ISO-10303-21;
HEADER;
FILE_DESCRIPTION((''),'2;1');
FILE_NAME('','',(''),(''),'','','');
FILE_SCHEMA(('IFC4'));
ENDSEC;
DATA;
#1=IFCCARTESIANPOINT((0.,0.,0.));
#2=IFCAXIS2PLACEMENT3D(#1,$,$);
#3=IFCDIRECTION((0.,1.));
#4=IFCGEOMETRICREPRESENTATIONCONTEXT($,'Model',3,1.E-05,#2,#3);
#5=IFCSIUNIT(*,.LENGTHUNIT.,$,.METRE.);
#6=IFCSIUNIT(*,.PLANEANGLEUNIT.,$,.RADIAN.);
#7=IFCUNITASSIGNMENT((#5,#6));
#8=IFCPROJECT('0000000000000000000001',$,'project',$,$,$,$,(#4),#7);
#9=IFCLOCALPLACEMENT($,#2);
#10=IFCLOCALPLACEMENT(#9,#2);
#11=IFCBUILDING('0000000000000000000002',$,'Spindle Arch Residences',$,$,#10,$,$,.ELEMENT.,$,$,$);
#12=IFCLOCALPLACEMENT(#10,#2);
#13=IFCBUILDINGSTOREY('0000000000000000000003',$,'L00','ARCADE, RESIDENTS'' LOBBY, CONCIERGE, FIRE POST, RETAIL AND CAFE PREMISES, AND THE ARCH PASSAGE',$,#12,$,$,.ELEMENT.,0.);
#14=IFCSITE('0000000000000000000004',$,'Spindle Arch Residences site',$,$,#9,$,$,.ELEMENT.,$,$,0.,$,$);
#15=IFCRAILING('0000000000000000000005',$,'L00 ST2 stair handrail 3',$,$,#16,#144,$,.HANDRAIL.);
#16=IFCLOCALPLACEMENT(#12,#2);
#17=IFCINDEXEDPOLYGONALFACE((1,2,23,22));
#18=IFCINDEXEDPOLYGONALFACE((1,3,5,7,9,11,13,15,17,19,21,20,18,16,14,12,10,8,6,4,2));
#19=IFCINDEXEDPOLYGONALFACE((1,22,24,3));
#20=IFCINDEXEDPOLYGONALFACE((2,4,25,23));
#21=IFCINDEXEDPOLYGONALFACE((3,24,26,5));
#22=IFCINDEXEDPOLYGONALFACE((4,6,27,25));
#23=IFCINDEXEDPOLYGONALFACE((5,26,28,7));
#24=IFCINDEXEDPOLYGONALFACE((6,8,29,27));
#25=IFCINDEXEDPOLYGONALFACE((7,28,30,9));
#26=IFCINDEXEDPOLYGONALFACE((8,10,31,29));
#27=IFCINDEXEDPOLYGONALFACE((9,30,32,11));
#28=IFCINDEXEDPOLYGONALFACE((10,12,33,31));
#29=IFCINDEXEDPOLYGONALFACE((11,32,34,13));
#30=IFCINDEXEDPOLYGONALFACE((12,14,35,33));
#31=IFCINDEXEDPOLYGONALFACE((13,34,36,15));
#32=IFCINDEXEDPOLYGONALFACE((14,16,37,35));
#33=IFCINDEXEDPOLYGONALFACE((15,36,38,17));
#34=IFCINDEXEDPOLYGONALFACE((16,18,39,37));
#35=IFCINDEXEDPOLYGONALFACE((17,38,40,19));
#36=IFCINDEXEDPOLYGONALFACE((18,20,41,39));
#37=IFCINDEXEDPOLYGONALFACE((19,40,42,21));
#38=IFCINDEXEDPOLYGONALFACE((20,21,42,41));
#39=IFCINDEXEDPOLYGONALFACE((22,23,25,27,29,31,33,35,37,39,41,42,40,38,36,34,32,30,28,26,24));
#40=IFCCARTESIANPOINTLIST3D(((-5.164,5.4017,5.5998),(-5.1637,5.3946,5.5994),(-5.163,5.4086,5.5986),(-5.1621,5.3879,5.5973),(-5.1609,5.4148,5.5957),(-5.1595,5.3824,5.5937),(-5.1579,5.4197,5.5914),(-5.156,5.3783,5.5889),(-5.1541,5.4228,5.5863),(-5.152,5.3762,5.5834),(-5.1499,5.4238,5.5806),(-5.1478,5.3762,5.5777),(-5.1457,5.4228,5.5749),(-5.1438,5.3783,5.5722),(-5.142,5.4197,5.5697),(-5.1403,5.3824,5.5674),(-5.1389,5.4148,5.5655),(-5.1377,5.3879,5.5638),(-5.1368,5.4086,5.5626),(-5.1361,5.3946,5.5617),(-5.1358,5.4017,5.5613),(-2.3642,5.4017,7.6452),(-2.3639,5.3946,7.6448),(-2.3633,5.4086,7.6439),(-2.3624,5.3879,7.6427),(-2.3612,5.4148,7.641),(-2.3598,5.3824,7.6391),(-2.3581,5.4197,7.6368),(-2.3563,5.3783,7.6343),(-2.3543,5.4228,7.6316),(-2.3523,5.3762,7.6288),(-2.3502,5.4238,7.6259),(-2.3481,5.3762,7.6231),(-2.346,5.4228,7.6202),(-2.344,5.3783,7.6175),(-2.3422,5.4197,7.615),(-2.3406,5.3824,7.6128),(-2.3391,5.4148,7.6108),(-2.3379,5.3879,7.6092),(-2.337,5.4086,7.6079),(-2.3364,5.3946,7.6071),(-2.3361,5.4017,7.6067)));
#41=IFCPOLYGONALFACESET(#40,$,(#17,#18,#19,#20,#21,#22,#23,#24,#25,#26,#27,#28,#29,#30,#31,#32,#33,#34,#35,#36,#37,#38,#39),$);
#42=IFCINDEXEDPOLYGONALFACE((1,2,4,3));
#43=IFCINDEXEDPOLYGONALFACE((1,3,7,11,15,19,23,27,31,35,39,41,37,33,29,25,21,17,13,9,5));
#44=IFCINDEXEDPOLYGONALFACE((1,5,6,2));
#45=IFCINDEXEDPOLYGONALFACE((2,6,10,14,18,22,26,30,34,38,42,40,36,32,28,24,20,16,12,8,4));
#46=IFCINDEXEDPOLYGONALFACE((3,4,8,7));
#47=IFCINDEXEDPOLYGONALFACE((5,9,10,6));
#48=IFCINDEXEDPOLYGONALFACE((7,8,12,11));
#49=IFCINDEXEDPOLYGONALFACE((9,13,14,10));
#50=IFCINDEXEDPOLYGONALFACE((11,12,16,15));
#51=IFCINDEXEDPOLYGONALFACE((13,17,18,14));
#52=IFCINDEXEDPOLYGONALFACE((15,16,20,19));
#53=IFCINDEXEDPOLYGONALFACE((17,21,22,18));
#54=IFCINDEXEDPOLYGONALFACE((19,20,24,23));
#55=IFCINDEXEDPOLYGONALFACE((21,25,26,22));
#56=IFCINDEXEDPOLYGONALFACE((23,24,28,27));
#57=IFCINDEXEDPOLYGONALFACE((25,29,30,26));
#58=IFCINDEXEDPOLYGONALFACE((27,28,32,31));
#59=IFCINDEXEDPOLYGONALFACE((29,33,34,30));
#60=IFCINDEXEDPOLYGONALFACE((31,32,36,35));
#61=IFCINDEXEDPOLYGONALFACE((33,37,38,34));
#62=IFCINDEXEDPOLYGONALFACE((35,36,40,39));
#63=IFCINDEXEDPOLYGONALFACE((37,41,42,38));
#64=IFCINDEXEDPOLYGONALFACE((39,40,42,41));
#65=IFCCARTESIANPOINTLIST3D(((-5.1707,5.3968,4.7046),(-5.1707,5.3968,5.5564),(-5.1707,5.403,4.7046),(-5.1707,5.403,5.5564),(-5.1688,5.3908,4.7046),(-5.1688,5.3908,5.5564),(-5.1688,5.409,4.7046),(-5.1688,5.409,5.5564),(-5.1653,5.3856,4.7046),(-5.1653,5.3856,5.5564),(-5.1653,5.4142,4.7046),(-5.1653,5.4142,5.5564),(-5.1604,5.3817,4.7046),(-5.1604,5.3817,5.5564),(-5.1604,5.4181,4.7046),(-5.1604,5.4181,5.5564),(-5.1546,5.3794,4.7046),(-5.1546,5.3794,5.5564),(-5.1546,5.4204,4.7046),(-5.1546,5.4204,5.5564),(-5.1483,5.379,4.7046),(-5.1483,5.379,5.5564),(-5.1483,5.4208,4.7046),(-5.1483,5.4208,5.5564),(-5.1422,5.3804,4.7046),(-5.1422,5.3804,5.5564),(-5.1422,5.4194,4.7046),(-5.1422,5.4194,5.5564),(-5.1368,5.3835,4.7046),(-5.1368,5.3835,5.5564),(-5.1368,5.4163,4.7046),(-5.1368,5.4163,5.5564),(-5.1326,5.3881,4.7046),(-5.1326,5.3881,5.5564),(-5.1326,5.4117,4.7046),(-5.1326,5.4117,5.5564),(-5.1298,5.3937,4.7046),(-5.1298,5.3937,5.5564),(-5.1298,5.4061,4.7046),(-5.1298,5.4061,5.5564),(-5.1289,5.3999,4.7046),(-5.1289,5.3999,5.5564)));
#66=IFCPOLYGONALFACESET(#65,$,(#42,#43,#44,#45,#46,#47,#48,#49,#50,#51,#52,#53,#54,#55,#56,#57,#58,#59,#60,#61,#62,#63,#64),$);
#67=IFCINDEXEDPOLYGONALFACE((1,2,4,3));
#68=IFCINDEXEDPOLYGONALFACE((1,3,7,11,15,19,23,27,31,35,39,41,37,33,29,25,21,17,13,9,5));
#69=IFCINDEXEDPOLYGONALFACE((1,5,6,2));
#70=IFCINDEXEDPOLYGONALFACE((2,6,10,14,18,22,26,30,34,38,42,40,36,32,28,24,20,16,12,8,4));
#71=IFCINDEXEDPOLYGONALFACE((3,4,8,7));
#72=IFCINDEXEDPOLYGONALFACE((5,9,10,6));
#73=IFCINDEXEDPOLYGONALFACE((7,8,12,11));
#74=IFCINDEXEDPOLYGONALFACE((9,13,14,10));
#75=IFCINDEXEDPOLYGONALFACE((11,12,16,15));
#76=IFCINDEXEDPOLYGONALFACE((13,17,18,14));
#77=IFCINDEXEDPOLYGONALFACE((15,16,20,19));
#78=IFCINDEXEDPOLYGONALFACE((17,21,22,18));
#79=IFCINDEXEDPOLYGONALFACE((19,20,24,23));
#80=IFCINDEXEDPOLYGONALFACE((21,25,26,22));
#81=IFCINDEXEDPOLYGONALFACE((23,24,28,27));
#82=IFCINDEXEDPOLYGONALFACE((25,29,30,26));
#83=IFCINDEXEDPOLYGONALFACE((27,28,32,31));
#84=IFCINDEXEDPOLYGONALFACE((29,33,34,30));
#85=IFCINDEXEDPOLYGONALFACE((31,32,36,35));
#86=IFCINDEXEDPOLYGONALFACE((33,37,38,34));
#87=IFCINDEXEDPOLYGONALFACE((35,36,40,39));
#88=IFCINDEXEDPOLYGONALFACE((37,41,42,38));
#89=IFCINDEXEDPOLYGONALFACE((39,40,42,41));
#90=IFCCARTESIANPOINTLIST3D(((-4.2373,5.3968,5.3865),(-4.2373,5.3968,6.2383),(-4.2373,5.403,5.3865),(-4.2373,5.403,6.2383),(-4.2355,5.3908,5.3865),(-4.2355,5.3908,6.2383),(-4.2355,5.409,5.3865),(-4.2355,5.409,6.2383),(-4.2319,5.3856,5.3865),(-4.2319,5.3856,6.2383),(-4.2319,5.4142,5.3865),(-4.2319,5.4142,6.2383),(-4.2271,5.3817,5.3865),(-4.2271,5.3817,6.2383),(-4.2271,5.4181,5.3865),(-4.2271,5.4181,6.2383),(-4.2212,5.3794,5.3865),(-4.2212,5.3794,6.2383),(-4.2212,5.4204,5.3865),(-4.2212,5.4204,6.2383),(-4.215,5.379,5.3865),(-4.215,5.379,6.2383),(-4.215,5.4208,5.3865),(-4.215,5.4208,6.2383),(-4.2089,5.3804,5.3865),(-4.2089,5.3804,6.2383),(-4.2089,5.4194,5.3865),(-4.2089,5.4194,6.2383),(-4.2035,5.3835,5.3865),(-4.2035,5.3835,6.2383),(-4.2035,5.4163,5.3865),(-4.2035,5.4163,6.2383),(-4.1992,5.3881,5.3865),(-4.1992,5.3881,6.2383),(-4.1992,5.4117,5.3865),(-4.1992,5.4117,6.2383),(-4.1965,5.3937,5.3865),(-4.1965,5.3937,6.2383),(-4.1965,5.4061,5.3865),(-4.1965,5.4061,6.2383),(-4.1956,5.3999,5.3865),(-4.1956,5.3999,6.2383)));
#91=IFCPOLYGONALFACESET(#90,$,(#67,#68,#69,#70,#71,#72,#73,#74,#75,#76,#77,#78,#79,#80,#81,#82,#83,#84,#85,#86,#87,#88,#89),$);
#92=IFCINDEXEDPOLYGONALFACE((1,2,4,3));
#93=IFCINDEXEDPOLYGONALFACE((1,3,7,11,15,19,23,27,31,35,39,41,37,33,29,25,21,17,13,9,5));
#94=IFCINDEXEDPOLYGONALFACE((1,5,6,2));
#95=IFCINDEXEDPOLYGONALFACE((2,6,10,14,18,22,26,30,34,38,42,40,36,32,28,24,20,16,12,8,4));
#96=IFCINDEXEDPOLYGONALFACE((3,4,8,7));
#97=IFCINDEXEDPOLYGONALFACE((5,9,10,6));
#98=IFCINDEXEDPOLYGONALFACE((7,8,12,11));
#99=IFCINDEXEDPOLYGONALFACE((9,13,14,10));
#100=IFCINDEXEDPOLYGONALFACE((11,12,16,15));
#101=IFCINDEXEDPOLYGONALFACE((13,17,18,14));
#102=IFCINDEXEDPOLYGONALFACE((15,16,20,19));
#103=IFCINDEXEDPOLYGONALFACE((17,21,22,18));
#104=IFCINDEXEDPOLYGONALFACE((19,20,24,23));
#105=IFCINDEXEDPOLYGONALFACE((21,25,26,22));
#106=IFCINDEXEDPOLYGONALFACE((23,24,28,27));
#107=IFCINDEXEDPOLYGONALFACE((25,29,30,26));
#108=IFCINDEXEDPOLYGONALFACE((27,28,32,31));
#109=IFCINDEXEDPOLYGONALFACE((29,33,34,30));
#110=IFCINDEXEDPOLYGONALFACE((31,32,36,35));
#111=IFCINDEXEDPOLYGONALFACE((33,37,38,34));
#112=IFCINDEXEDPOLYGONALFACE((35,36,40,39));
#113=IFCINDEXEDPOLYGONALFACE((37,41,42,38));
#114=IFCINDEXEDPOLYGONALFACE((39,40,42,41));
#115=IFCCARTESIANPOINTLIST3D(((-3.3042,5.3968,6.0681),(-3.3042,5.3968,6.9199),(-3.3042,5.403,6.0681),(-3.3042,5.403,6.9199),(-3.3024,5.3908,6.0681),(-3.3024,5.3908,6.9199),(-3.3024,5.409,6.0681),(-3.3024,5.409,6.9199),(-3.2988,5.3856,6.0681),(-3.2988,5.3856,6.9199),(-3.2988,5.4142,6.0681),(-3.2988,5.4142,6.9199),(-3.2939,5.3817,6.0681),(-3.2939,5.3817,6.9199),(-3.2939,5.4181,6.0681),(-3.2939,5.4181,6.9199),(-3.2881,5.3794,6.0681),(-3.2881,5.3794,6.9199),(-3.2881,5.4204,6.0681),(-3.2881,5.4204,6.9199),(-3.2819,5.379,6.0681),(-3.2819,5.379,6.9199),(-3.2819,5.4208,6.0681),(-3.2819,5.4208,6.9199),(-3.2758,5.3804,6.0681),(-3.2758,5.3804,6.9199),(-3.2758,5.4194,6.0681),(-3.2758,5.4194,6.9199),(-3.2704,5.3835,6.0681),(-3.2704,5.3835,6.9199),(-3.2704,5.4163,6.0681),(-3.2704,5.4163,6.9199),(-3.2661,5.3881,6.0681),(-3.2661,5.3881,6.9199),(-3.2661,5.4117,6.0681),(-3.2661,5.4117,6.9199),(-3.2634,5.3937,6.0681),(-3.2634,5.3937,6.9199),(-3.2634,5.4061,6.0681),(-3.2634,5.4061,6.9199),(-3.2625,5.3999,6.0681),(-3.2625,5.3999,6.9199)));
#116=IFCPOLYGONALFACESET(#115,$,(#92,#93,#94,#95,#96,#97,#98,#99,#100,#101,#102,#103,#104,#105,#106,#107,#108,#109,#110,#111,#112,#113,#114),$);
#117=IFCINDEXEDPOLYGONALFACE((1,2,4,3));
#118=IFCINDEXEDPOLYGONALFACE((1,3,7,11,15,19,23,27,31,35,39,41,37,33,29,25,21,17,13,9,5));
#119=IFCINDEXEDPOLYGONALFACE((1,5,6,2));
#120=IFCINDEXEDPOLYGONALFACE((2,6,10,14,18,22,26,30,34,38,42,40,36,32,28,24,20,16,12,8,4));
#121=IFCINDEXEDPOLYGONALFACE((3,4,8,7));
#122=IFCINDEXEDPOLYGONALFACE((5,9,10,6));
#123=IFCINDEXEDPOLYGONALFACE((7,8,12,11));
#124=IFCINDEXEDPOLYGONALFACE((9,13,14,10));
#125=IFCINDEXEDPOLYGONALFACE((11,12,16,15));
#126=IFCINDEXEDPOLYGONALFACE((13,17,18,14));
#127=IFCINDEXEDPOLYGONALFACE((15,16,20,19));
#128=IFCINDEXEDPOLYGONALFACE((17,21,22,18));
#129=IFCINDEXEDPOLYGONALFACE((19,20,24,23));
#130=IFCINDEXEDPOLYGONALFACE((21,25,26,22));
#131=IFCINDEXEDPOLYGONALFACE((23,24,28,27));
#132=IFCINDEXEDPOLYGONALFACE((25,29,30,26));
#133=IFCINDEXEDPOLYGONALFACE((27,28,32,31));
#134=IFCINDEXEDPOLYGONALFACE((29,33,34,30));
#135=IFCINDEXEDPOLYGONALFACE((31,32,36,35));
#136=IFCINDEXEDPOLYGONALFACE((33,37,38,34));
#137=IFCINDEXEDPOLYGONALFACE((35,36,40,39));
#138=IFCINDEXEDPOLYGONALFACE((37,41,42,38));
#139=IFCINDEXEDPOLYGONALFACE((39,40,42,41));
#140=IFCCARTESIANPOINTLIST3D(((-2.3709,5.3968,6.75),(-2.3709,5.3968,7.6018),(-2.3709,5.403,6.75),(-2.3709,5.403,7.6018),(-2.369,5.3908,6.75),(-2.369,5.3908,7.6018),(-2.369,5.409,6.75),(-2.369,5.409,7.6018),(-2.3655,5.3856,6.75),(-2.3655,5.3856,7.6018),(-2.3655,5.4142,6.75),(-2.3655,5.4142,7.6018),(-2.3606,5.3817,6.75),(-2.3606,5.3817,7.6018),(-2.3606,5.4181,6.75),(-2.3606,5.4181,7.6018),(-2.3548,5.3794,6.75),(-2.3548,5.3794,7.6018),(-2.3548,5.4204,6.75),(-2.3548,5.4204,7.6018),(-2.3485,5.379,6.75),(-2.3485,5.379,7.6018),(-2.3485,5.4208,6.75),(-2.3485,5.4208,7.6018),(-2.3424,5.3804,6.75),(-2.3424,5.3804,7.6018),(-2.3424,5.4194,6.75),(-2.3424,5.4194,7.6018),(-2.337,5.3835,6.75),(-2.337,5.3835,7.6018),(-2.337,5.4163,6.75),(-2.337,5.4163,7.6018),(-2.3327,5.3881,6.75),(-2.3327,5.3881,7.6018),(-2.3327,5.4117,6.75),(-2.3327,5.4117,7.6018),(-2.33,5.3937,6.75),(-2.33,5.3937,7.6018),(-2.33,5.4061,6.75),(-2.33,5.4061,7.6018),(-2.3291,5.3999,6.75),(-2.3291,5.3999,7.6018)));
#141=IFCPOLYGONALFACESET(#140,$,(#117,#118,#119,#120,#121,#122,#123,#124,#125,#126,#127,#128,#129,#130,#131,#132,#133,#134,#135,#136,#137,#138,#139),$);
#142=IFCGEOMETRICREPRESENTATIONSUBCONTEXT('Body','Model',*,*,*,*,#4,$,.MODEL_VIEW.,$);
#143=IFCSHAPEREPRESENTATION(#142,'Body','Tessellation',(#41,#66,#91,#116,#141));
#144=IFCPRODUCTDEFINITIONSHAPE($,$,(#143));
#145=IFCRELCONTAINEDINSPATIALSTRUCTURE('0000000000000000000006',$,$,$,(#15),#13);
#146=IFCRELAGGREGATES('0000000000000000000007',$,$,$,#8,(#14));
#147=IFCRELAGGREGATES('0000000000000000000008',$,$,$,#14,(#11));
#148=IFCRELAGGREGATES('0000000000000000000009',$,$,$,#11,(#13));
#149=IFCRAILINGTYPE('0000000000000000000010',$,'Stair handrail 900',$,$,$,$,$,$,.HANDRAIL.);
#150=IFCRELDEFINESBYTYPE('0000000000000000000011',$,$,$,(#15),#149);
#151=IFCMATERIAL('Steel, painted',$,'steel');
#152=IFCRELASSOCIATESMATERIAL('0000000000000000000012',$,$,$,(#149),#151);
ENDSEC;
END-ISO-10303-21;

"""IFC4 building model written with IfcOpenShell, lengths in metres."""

from ifc_helpers import new_model, si_unit, direction, frame, origin, origin_2d, place, context, subcontext, project, spatial, circle, extrude, material, type_object, element, save


model = new_model("IFC4")

# Units and contexts
model_context = context("Model", 3, precision=1e-05, world=origin(), true_north=direction((0.0, 1.0)))
body_context = subcontext(model_context, "Body", "Model", "MODEL_VIEW")
ifc_project = project(units=[si_unit("LENGTHUNIT", "METRE"), si_unit("PLANEANGLEUNIT", "RADIAN")], contexts=[model_context])

# Site, building, storey
site_placement = place(None, origin())
site = spatial("IfcSite", under=ifc_project, at=site_placement, Name="Spindle Arch Residences site", CompositionType="ELEMENT", RefElevation=0.0)
building_placement = place(site_placement, origin())
building = spatial("IfcBuilding", under=site, at=building_placement, Name="Spindle Arch Residences", CompositionType="ELEMENT")
storey_placement = place(building_placement, origin())
storey = spatial("IfcBuildingStorey", under=building, at=storey_placement, Name="L00", Description="ARCADE, RESIDENTS' LOBBY, CONCIERGE, FIRE POST, RETAIL AND CAFE PREMISES, AND THE ARCH PASSAGE", CompositionType="ELEMENT", Elevation=0.0)

# Railing
ifc_material_1 = material(Name="Steel, painted", Category="steel")
railing_type_1 = type_object("IfcRailingType", Name="Stair handrail 900", PredefinedType="HANDRAIL", material=ifc_material_1)
railing_1_placement = place(storey_placement, frame((-5.1499, 5.3999, 4.7046)))
element("IfcRailing", 1, at=railing_1_placement, inside=storey, type_object=railing_type_1, Name="L00 ST2 stair handrail 3", PredefinedType="HANDRAIL", context=body_context, shape_type="SweptSolid", body=[
    extrude(circle(Radius=0.0239, at=origin_2d()), frame((0.0, 0.0, 0.876), z_axis=(0.807474, 0.0, 0.589904), x_axis=(0.0, 1.0, 0.0)), (0.0, 0.0, 1.0), 3.4673),
    extrude(circle(Radius=0.021, at=origin_2d()), origin(), (0.0, 0.0, 1.0), 0.8518),
    extrude(circle(Radius=0.021, at=origin_2d()), frame((0.9333, 0.0, 0.6819)), (0.0, 0.0, 1.0), 0.8518),
    extrude(circle(Radius=0.021, at=origin_2d()), frame((1.8665, 0.0, 1.3635)), (0.0, 0.0, 1.0), 0.8518),
    extrude(circle(Radius=0.021, at=origin_2d()), frame((2.7998, 0.0, 2.0454)), (0.0, 0.0, 1.0), 0.8518),
])

save(model, "model.ifc")
